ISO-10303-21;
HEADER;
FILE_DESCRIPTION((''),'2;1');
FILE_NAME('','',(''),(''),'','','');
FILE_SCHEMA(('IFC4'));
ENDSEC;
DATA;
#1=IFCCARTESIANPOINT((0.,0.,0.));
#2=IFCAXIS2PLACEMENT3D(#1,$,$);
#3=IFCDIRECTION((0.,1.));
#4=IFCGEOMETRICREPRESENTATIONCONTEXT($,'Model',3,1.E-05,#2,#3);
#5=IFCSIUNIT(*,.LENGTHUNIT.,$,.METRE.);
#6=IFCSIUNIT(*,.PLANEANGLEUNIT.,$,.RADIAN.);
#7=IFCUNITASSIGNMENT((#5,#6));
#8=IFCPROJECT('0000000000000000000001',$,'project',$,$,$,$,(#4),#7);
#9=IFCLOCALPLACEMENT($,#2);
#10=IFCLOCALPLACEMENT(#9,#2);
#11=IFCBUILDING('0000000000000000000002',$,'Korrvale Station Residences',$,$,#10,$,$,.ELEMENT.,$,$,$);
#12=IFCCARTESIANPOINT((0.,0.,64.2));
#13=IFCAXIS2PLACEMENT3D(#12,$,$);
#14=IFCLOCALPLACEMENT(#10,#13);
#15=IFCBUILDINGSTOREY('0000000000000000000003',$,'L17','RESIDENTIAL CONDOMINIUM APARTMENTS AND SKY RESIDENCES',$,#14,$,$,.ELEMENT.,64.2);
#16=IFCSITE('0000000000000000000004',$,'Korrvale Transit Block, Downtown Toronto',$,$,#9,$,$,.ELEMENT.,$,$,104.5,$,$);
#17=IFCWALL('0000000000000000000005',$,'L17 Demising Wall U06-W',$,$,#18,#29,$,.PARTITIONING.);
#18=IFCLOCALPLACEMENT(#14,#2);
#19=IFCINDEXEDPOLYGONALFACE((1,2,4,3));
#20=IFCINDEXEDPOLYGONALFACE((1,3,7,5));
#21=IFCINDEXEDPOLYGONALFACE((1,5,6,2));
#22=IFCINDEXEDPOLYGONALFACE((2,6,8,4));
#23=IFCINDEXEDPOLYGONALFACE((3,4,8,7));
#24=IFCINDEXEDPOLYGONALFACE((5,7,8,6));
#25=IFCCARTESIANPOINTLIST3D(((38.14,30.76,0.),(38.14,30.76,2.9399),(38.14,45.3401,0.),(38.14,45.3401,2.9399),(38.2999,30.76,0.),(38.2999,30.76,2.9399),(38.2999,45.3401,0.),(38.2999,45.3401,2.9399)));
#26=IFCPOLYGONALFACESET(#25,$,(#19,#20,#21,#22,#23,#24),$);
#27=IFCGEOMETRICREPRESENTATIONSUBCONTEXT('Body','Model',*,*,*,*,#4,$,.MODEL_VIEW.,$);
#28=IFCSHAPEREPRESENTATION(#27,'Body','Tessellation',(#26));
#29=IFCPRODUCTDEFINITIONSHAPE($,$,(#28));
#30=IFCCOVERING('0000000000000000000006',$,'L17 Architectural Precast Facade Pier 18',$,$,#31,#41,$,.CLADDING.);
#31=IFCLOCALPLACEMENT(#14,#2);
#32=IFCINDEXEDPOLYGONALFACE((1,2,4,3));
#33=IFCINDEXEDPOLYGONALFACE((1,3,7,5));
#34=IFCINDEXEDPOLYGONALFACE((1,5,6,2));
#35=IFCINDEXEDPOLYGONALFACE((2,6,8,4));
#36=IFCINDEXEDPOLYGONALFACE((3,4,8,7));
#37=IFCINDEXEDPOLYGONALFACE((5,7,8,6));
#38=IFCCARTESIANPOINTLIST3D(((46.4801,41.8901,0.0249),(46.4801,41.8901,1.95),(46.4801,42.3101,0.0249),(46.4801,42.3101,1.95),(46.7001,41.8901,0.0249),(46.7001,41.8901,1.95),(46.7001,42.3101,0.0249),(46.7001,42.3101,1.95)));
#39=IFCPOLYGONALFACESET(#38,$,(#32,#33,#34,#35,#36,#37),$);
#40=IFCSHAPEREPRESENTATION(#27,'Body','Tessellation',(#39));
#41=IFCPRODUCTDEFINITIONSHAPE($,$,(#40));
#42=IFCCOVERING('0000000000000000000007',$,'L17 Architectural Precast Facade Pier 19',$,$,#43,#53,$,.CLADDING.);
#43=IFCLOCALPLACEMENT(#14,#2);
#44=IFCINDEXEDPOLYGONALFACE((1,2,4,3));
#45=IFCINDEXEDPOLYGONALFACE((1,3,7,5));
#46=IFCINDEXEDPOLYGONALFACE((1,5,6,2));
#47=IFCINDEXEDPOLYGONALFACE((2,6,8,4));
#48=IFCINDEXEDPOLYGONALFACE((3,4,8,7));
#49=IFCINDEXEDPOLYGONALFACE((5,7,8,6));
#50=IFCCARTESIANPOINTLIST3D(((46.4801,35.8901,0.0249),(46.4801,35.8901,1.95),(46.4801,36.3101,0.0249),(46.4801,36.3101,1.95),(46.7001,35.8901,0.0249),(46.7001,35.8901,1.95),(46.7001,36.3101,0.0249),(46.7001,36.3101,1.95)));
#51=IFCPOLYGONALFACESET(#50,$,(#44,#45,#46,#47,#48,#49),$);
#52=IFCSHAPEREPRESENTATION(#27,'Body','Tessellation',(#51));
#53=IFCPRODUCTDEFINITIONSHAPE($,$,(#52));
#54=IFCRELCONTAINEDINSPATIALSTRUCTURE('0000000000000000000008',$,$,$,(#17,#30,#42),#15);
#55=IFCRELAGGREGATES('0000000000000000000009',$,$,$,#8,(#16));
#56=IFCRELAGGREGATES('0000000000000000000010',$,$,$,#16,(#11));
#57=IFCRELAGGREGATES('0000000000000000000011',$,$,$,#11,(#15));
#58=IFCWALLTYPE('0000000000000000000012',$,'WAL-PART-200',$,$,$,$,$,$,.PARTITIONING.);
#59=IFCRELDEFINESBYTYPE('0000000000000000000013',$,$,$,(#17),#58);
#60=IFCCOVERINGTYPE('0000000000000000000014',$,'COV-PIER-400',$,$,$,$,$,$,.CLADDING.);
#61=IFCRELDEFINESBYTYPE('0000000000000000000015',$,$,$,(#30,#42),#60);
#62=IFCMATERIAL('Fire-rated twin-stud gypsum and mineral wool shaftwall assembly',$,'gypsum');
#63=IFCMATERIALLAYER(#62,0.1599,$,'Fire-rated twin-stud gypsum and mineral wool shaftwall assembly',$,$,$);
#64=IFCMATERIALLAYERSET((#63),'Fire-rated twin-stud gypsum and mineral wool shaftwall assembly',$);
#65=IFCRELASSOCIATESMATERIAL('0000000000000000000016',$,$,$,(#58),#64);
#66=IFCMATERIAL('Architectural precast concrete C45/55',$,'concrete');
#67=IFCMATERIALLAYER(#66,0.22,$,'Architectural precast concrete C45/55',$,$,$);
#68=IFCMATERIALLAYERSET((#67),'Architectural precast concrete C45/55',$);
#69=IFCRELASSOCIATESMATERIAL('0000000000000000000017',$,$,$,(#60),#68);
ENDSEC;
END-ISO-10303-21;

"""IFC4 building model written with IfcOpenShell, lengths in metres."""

from ifc_helpers import new_model, si_unit, direction, frame, frame_2d, origin, origin_2d, place, context, subcontext, project, spatial, rectangle, extrude, material, layer, layer_set, type_object, element, save


model = new_model("IFC4")

# Units and contexts
model_context = context("Model", 3, precision=1e-05, world=origin(), true_north=direction((0.0, 1.0)))
body_context = subcontext(model_context, "Body", "Model", "MODEL_VIEW")
ifc_project = project(units=[si_unit("LENGTHUNIT", "METRE"), si_unit("PLANEANGLEUNIT", "RADIAN")], contexts=[model_context])

# Site, building, storey
site_placement = place(None, origin())
site = spatial("IfcSite", under=ifc_project, at=site_placement, Name="Korrvale Transit Block, Downtown Toronto", CompositionType="ELEMENT", RefElevation=104.5)
building_placement = place(site_placement, origin())
building = spatial("IfcBuilding", under=site, at=building_placement, Name="Korrvale Station Residences", CompositionType="ELEMENT")
storey_placement = place(building_placement, frame((0.0, 0.0, 64.2)))
storey = spatial("IfcBuildingStorey", under=building, at=storey_placement, Name="L17", Description="RESIDENTIAL CONDOMINIUM APARTMENTS AND SKY RESIDENCES", CompositionType="ELEMENT", Elevation=64.2)

# Wall
ifc_material_1 = material(Name="Fire-rated twin-stud gypsum and mineral wool shaftwall assembly", Category="gypsum")
ifc_layer_1 = layer(ifc_material_1, 0.1599, Name="Fire-rated twin-stud gypsum and mineral wool shaftwall assembly")
ifc_layer_set_1 = layer_set([ifc_layer_1], Name="Fire-rated twin-stud gypsum and mineral wool shaftwall assembly")
wall_type_1 = type_object("IfcWallType", Name="WAL-PART-200", PredefinedType="PARTITIONING", material=ifc_layer_set_1)
wall_1_placement = place(storey_placement, frame((38.22, 30.76, 0.0), z_axis=(0.0, 0.0, 1.0), x_axis=(0.0, 1.0, 0.0)))
element("IfcWall", 1, at=wall_1_placement, inside=storey, type_object=wall_type_1, Name="L17 Demising Wall U06-W", PredefinedType="PARTITIONING", context=body_context, shape_type="SweptSolid", body=[
    extrude(rectangle(XDim=14.5801, YDim=0.1599, at=frame_2d((7.29, 0.0))), origin(), (0.0, 0.0, 1.0), 2.9399),
])

# Coverings
ifc_material_2 = material(Name="Architectural precast concrete C45/55", Category="concrete")
ifc_layer_2 = layer(ifc_material_2, 0.22, Name="Architectural precast concrete C45/55")
ifc_layer_set_2 = layer_set([ifc_layer_2], Name="Architectural precast concrete C45/55")
covering_type = type_object("IfcCoveringType", Name="COV-PIER-400", PredefinedType="CLADDING", material=ifc_layer_set_2)
for number, where, z_axis, x_axis, name in (
    (2, (46.5901, 42.1001, 0.0249), (0.0, 0.0, 1.0), (0.0, 1.0, 0.0), "L17 Architectural Precast Facade Pier 18"),
    (3, (46.5901, 36.1001, 0.0249), (0.0, 0.0, 1.0), (0.0, 1.0, 0.0), "L17 Architectural Precast Facade Pier 19"),
):
    element("IfcCovering", number, at=place(storey_placement, frame(where, z_axis=z_axis, x_axis=x_axis)), inside=storey, type_object=covering_type, Name=name, PredefinedType="CLADDING", context=body_context, shape_type="SweptSolid", body=[
        extrude(rectangle(XDim=0.4199, YDim=0.22, at=origin_2d()), origin(), (0.0, 0.0, 1.0), 1.925),
    ])

save(model, "model.ifc")
